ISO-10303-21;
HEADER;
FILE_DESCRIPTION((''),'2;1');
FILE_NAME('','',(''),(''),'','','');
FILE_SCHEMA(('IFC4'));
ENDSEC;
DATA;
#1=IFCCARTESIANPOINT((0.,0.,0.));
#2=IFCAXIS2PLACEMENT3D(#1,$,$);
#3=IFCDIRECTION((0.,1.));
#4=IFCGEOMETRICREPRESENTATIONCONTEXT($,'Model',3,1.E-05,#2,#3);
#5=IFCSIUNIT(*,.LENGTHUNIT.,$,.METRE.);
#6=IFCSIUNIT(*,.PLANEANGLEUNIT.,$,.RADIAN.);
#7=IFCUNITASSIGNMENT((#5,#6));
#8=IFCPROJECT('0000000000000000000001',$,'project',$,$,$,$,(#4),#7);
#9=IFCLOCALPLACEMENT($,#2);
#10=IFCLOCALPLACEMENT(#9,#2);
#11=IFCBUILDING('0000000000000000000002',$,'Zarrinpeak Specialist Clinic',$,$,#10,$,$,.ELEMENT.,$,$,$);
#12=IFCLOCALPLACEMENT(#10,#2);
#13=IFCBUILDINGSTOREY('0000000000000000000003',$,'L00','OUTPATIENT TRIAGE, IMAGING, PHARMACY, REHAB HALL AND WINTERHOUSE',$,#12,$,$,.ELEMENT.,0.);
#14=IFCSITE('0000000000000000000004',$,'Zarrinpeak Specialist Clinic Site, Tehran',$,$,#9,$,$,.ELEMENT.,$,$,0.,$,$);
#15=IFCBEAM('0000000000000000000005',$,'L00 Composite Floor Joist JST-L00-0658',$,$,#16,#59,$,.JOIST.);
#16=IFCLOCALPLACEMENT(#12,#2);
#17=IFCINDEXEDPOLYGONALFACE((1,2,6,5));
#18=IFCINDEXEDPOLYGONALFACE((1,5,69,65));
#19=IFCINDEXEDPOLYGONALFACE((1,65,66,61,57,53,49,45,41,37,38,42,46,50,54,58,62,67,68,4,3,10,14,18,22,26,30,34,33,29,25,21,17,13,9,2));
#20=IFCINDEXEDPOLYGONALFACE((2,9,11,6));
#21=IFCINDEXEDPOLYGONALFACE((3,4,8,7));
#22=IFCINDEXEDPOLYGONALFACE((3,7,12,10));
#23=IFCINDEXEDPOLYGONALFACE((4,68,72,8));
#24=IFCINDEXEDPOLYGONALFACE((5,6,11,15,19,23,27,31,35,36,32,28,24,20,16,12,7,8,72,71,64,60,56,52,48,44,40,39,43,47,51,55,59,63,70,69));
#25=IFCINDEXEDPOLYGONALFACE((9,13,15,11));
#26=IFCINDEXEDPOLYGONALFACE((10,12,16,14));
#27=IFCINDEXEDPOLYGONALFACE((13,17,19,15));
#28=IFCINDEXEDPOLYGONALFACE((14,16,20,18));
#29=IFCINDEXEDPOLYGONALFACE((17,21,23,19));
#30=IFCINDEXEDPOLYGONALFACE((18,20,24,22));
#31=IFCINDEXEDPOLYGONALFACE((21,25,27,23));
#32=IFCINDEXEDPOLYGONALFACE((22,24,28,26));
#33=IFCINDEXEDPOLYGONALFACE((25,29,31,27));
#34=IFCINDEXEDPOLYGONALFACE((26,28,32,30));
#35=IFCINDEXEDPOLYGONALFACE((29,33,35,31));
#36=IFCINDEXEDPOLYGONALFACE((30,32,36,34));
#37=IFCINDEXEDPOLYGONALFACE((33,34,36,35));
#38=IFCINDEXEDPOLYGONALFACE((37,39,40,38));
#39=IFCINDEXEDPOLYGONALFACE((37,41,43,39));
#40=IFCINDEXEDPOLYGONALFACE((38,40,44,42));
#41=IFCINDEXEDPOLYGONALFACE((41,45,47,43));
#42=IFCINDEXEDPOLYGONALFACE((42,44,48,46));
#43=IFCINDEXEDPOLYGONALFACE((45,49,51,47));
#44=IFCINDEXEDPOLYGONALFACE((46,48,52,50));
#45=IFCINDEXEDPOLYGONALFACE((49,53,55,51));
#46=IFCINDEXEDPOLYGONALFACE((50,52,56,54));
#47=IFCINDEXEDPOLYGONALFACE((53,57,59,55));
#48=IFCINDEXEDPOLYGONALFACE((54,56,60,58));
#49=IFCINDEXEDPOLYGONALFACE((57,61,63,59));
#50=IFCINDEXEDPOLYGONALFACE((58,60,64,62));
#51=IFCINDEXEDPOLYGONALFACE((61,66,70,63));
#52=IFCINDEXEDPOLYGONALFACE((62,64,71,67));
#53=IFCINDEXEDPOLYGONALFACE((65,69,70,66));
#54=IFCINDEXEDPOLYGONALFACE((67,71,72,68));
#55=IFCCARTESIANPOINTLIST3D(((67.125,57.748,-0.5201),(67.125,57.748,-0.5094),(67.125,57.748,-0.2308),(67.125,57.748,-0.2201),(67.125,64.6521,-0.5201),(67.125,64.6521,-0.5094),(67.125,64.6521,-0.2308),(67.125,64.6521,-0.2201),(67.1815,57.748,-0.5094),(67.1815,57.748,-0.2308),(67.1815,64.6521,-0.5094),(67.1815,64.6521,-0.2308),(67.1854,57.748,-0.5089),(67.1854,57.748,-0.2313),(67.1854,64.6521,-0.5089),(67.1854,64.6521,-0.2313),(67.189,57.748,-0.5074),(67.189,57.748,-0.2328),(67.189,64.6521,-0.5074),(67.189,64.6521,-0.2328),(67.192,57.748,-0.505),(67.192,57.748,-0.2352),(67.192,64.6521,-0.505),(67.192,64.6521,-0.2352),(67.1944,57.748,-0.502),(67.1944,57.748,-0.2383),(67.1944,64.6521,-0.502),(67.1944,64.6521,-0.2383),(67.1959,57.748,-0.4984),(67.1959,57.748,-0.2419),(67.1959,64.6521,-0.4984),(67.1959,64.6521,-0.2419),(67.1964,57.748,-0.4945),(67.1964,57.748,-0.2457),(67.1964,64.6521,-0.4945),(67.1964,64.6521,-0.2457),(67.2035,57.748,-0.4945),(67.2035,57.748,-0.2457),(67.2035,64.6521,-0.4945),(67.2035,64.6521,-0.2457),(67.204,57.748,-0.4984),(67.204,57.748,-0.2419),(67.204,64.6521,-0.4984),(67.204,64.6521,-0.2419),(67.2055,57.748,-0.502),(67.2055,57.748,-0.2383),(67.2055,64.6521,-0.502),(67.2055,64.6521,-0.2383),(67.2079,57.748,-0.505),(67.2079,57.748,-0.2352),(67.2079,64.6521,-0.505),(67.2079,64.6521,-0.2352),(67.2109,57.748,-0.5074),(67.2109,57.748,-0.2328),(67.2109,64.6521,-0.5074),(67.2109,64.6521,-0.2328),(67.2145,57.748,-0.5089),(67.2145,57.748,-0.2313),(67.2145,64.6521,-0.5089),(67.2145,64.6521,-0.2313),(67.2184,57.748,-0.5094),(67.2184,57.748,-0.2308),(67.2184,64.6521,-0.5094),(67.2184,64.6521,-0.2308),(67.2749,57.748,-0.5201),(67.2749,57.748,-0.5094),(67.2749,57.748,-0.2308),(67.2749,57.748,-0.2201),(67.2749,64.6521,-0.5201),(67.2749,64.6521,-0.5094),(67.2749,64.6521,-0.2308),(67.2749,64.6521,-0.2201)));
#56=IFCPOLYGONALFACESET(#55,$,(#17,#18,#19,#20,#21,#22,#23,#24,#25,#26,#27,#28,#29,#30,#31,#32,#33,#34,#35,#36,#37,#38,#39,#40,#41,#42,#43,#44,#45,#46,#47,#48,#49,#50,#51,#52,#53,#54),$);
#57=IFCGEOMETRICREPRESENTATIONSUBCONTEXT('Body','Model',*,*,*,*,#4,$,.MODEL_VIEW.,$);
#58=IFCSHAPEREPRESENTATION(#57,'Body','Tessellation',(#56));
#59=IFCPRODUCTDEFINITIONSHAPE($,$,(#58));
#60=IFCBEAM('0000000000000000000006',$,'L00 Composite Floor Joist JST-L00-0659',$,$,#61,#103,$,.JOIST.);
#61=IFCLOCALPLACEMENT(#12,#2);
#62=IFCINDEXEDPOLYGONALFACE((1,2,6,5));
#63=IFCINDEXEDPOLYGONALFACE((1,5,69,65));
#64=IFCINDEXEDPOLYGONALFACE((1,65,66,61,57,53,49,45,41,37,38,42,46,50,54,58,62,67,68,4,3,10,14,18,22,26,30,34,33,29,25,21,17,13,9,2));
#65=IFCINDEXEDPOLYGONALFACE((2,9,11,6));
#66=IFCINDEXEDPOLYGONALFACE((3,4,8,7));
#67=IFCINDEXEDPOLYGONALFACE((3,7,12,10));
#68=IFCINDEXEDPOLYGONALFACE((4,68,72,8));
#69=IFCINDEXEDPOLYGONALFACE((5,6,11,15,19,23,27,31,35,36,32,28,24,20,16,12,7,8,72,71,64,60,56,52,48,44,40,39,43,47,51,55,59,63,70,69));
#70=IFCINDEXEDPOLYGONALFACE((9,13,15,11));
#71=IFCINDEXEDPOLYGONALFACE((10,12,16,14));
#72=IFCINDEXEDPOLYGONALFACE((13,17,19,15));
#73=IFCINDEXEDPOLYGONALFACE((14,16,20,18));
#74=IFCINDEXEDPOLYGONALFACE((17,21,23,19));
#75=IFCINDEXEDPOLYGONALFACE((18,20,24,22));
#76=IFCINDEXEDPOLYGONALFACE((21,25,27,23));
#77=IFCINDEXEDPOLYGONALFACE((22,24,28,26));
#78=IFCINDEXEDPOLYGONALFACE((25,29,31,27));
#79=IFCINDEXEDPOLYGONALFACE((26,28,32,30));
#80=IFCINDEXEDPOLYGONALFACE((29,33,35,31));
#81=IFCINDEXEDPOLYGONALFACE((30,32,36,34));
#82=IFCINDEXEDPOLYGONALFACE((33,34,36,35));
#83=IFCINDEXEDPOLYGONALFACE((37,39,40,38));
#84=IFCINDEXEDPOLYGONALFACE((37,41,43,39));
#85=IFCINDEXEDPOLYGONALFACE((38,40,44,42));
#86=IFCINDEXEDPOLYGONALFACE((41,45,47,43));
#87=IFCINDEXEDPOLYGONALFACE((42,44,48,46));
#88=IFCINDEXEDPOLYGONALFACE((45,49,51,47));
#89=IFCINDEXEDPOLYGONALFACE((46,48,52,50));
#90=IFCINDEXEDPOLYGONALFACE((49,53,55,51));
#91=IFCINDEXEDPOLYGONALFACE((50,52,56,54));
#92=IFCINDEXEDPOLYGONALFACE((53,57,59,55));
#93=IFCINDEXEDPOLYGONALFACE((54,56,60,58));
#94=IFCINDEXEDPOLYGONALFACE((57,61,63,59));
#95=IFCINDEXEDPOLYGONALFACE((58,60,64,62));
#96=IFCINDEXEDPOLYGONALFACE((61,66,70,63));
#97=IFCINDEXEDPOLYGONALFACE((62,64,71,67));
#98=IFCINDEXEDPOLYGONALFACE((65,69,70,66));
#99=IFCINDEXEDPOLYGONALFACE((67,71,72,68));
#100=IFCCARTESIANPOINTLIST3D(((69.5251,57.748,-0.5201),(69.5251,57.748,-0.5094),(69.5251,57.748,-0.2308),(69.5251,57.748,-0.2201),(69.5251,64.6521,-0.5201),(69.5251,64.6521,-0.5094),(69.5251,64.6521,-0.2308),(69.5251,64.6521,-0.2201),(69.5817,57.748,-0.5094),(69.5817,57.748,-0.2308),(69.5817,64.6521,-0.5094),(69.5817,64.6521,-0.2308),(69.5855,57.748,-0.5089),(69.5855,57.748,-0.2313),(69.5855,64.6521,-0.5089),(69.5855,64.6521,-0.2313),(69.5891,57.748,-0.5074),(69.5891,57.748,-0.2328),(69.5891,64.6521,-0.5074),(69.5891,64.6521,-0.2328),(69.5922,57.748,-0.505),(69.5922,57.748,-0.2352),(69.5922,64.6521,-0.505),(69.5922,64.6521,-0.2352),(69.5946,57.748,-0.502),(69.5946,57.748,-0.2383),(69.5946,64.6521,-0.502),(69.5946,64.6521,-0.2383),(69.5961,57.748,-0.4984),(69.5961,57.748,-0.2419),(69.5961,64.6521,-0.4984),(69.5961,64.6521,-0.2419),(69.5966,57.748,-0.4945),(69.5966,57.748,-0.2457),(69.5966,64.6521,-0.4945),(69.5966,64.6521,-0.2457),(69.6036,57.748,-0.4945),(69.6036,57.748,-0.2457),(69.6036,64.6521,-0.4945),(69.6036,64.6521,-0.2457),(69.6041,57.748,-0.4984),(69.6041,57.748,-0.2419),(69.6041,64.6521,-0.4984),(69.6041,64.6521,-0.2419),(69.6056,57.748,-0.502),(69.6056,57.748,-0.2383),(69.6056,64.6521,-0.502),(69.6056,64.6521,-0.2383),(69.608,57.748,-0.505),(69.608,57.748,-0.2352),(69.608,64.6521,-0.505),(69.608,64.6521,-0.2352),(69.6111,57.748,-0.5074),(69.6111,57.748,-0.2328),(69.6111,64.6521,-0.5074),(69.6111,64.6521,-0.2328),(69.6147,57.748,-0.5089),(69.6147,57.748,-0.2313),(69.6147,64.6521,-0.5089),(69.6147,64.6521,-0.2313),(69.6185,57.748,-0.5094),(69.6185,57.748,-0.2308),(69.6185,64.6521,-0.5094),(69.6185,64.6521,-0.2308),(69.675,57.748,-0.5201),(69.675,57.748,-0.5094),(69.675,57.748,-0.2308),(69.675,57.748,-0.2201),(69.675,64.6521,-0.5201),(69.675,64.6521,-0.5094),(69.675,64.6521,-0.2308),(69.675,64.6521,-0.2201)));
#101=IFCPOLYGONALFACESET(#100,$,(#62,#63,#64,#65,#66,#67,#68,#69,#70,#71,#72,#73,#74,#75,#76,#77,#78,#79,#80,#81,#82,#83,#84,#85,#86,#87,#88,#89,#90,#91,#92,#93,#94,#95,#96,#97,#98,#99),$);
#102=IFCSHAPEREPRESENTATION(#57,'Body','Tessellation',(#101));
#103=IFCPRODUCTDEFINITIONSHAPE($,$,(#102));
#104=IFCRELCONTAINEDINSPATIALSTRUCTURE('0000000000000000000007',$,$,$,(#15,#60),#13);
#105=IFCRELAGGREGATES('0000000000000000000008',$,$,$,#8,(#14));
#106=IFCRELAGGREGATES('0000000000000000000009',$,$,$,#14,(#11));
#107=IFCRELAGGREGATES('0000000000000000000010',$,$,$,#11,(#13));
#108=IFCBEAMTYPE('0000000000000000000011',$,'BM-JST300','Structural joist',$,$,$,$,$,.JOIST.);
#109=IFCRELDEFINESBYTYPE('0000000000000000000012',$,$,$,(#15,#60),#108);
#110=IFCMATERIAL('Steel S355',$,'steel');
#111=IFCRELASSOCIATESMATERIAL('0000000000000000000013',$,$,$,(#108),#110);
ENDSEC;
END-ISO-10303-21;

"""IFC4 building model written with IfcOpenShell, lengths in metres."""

from ifc_helpers import new_model, si_unit, direction, frame, origin, origin_2d, place, context, subcontext, project, spatial, i_section, extrude, material, material_profile, profile_set, type_object, element, save


model = new_model("IFC4")

# Units and contexts
model_context = context("Model", 3, precision=1e-05, world=origin(), true_north=direction((0.0, 1.0)))
body_context = subcontext(model_context, "Body", "Model", "MODEL_VIEW")
ifc_project = project(units=[si_unit("LENGTHUNIT", "METRE"), si_unit("PLANEANGLEUNIT", "RADIAN")], contexts=[model_context])

# Site, building, storey
site_placement = place(None, origin())
site = spatial("IfcSite", under=ifc_project, at=site_placement, Name="Zarrinpeak Specialist Clinic Site, Tehran", CompositionType="ELEMENT", RefElevation=0.0)
building_placement = place(site_placement, origin())
building = spatial("IfcBuilding", under=site, at=building_placement, Name="Zarrinpeak Specialist Clinic", CompositionType="ELEMENT")
storey_placement = place(building_placement, origin())
storey = spatial("IfcBuildingStorey", under=building, at=storey_placement, Name="L00", Description="OUTPATIENT TRIAGE, IMAGING, PHARMACY, REHAB HALL AND WINTERHOUSE", CompositionType="ELEMENT", Elevation=0.0)

# Beams
ifc_material = material(Name="Steel S355", Category="steel")
ifc_material_profile_1 = material_profile(ifc_material, i_section(OverallWidth=0.1499, OverallDepth=0.3, WebThickness=0.0071, FlangeThickness=0.0107, FilletRadius=0.0149, at=origin_2d()), Name="IPE 300")
ifc_profile_set_1 = profile_set([ifc_material_profile_1], Name="Steel S355")
beam_type_1 = type_object("IfcBeamType", Name="BM-JST300", Description="Structural joist", PredefinedType="JOIST", material=ifc_profile_set_1)
for number, where, z_axis, x_axis, name in (
    (1, (67.2, 57.748, -0.3701), (0.0, 1.0, 0.0), (-1.0, 0.0, 0.0), "L00 Composite Floor Joist JST-L00-0658"),
    (2, (69.6001, 57.748, -0.3701), (0.0, 1.0, 0.0), (-1.0, 0.0, 0.0), "L00 Composite Floor Joist JST-L00-0659"),
):
    element("IfcBeam", number, at=place(storey_placement, frame(where, z_axis=z_axis, x_axis=x_axis)), inside=storey, type_object=beam_type_1, Name=name, PredefinedType="JOIST", context=body_context, shape_type="SweptSolid", body=[
        extrude(i_section(OverallWidth=0.1499, OverallDepth=0.3, WebThickness=0.0071, FlangeThickness=0.0107, FilletRadius=0.0149, at=origin_2d()), origin(), (0.0, 0.0, 1.0), 6.9041),
    ])

save(model, "model.ifc")
